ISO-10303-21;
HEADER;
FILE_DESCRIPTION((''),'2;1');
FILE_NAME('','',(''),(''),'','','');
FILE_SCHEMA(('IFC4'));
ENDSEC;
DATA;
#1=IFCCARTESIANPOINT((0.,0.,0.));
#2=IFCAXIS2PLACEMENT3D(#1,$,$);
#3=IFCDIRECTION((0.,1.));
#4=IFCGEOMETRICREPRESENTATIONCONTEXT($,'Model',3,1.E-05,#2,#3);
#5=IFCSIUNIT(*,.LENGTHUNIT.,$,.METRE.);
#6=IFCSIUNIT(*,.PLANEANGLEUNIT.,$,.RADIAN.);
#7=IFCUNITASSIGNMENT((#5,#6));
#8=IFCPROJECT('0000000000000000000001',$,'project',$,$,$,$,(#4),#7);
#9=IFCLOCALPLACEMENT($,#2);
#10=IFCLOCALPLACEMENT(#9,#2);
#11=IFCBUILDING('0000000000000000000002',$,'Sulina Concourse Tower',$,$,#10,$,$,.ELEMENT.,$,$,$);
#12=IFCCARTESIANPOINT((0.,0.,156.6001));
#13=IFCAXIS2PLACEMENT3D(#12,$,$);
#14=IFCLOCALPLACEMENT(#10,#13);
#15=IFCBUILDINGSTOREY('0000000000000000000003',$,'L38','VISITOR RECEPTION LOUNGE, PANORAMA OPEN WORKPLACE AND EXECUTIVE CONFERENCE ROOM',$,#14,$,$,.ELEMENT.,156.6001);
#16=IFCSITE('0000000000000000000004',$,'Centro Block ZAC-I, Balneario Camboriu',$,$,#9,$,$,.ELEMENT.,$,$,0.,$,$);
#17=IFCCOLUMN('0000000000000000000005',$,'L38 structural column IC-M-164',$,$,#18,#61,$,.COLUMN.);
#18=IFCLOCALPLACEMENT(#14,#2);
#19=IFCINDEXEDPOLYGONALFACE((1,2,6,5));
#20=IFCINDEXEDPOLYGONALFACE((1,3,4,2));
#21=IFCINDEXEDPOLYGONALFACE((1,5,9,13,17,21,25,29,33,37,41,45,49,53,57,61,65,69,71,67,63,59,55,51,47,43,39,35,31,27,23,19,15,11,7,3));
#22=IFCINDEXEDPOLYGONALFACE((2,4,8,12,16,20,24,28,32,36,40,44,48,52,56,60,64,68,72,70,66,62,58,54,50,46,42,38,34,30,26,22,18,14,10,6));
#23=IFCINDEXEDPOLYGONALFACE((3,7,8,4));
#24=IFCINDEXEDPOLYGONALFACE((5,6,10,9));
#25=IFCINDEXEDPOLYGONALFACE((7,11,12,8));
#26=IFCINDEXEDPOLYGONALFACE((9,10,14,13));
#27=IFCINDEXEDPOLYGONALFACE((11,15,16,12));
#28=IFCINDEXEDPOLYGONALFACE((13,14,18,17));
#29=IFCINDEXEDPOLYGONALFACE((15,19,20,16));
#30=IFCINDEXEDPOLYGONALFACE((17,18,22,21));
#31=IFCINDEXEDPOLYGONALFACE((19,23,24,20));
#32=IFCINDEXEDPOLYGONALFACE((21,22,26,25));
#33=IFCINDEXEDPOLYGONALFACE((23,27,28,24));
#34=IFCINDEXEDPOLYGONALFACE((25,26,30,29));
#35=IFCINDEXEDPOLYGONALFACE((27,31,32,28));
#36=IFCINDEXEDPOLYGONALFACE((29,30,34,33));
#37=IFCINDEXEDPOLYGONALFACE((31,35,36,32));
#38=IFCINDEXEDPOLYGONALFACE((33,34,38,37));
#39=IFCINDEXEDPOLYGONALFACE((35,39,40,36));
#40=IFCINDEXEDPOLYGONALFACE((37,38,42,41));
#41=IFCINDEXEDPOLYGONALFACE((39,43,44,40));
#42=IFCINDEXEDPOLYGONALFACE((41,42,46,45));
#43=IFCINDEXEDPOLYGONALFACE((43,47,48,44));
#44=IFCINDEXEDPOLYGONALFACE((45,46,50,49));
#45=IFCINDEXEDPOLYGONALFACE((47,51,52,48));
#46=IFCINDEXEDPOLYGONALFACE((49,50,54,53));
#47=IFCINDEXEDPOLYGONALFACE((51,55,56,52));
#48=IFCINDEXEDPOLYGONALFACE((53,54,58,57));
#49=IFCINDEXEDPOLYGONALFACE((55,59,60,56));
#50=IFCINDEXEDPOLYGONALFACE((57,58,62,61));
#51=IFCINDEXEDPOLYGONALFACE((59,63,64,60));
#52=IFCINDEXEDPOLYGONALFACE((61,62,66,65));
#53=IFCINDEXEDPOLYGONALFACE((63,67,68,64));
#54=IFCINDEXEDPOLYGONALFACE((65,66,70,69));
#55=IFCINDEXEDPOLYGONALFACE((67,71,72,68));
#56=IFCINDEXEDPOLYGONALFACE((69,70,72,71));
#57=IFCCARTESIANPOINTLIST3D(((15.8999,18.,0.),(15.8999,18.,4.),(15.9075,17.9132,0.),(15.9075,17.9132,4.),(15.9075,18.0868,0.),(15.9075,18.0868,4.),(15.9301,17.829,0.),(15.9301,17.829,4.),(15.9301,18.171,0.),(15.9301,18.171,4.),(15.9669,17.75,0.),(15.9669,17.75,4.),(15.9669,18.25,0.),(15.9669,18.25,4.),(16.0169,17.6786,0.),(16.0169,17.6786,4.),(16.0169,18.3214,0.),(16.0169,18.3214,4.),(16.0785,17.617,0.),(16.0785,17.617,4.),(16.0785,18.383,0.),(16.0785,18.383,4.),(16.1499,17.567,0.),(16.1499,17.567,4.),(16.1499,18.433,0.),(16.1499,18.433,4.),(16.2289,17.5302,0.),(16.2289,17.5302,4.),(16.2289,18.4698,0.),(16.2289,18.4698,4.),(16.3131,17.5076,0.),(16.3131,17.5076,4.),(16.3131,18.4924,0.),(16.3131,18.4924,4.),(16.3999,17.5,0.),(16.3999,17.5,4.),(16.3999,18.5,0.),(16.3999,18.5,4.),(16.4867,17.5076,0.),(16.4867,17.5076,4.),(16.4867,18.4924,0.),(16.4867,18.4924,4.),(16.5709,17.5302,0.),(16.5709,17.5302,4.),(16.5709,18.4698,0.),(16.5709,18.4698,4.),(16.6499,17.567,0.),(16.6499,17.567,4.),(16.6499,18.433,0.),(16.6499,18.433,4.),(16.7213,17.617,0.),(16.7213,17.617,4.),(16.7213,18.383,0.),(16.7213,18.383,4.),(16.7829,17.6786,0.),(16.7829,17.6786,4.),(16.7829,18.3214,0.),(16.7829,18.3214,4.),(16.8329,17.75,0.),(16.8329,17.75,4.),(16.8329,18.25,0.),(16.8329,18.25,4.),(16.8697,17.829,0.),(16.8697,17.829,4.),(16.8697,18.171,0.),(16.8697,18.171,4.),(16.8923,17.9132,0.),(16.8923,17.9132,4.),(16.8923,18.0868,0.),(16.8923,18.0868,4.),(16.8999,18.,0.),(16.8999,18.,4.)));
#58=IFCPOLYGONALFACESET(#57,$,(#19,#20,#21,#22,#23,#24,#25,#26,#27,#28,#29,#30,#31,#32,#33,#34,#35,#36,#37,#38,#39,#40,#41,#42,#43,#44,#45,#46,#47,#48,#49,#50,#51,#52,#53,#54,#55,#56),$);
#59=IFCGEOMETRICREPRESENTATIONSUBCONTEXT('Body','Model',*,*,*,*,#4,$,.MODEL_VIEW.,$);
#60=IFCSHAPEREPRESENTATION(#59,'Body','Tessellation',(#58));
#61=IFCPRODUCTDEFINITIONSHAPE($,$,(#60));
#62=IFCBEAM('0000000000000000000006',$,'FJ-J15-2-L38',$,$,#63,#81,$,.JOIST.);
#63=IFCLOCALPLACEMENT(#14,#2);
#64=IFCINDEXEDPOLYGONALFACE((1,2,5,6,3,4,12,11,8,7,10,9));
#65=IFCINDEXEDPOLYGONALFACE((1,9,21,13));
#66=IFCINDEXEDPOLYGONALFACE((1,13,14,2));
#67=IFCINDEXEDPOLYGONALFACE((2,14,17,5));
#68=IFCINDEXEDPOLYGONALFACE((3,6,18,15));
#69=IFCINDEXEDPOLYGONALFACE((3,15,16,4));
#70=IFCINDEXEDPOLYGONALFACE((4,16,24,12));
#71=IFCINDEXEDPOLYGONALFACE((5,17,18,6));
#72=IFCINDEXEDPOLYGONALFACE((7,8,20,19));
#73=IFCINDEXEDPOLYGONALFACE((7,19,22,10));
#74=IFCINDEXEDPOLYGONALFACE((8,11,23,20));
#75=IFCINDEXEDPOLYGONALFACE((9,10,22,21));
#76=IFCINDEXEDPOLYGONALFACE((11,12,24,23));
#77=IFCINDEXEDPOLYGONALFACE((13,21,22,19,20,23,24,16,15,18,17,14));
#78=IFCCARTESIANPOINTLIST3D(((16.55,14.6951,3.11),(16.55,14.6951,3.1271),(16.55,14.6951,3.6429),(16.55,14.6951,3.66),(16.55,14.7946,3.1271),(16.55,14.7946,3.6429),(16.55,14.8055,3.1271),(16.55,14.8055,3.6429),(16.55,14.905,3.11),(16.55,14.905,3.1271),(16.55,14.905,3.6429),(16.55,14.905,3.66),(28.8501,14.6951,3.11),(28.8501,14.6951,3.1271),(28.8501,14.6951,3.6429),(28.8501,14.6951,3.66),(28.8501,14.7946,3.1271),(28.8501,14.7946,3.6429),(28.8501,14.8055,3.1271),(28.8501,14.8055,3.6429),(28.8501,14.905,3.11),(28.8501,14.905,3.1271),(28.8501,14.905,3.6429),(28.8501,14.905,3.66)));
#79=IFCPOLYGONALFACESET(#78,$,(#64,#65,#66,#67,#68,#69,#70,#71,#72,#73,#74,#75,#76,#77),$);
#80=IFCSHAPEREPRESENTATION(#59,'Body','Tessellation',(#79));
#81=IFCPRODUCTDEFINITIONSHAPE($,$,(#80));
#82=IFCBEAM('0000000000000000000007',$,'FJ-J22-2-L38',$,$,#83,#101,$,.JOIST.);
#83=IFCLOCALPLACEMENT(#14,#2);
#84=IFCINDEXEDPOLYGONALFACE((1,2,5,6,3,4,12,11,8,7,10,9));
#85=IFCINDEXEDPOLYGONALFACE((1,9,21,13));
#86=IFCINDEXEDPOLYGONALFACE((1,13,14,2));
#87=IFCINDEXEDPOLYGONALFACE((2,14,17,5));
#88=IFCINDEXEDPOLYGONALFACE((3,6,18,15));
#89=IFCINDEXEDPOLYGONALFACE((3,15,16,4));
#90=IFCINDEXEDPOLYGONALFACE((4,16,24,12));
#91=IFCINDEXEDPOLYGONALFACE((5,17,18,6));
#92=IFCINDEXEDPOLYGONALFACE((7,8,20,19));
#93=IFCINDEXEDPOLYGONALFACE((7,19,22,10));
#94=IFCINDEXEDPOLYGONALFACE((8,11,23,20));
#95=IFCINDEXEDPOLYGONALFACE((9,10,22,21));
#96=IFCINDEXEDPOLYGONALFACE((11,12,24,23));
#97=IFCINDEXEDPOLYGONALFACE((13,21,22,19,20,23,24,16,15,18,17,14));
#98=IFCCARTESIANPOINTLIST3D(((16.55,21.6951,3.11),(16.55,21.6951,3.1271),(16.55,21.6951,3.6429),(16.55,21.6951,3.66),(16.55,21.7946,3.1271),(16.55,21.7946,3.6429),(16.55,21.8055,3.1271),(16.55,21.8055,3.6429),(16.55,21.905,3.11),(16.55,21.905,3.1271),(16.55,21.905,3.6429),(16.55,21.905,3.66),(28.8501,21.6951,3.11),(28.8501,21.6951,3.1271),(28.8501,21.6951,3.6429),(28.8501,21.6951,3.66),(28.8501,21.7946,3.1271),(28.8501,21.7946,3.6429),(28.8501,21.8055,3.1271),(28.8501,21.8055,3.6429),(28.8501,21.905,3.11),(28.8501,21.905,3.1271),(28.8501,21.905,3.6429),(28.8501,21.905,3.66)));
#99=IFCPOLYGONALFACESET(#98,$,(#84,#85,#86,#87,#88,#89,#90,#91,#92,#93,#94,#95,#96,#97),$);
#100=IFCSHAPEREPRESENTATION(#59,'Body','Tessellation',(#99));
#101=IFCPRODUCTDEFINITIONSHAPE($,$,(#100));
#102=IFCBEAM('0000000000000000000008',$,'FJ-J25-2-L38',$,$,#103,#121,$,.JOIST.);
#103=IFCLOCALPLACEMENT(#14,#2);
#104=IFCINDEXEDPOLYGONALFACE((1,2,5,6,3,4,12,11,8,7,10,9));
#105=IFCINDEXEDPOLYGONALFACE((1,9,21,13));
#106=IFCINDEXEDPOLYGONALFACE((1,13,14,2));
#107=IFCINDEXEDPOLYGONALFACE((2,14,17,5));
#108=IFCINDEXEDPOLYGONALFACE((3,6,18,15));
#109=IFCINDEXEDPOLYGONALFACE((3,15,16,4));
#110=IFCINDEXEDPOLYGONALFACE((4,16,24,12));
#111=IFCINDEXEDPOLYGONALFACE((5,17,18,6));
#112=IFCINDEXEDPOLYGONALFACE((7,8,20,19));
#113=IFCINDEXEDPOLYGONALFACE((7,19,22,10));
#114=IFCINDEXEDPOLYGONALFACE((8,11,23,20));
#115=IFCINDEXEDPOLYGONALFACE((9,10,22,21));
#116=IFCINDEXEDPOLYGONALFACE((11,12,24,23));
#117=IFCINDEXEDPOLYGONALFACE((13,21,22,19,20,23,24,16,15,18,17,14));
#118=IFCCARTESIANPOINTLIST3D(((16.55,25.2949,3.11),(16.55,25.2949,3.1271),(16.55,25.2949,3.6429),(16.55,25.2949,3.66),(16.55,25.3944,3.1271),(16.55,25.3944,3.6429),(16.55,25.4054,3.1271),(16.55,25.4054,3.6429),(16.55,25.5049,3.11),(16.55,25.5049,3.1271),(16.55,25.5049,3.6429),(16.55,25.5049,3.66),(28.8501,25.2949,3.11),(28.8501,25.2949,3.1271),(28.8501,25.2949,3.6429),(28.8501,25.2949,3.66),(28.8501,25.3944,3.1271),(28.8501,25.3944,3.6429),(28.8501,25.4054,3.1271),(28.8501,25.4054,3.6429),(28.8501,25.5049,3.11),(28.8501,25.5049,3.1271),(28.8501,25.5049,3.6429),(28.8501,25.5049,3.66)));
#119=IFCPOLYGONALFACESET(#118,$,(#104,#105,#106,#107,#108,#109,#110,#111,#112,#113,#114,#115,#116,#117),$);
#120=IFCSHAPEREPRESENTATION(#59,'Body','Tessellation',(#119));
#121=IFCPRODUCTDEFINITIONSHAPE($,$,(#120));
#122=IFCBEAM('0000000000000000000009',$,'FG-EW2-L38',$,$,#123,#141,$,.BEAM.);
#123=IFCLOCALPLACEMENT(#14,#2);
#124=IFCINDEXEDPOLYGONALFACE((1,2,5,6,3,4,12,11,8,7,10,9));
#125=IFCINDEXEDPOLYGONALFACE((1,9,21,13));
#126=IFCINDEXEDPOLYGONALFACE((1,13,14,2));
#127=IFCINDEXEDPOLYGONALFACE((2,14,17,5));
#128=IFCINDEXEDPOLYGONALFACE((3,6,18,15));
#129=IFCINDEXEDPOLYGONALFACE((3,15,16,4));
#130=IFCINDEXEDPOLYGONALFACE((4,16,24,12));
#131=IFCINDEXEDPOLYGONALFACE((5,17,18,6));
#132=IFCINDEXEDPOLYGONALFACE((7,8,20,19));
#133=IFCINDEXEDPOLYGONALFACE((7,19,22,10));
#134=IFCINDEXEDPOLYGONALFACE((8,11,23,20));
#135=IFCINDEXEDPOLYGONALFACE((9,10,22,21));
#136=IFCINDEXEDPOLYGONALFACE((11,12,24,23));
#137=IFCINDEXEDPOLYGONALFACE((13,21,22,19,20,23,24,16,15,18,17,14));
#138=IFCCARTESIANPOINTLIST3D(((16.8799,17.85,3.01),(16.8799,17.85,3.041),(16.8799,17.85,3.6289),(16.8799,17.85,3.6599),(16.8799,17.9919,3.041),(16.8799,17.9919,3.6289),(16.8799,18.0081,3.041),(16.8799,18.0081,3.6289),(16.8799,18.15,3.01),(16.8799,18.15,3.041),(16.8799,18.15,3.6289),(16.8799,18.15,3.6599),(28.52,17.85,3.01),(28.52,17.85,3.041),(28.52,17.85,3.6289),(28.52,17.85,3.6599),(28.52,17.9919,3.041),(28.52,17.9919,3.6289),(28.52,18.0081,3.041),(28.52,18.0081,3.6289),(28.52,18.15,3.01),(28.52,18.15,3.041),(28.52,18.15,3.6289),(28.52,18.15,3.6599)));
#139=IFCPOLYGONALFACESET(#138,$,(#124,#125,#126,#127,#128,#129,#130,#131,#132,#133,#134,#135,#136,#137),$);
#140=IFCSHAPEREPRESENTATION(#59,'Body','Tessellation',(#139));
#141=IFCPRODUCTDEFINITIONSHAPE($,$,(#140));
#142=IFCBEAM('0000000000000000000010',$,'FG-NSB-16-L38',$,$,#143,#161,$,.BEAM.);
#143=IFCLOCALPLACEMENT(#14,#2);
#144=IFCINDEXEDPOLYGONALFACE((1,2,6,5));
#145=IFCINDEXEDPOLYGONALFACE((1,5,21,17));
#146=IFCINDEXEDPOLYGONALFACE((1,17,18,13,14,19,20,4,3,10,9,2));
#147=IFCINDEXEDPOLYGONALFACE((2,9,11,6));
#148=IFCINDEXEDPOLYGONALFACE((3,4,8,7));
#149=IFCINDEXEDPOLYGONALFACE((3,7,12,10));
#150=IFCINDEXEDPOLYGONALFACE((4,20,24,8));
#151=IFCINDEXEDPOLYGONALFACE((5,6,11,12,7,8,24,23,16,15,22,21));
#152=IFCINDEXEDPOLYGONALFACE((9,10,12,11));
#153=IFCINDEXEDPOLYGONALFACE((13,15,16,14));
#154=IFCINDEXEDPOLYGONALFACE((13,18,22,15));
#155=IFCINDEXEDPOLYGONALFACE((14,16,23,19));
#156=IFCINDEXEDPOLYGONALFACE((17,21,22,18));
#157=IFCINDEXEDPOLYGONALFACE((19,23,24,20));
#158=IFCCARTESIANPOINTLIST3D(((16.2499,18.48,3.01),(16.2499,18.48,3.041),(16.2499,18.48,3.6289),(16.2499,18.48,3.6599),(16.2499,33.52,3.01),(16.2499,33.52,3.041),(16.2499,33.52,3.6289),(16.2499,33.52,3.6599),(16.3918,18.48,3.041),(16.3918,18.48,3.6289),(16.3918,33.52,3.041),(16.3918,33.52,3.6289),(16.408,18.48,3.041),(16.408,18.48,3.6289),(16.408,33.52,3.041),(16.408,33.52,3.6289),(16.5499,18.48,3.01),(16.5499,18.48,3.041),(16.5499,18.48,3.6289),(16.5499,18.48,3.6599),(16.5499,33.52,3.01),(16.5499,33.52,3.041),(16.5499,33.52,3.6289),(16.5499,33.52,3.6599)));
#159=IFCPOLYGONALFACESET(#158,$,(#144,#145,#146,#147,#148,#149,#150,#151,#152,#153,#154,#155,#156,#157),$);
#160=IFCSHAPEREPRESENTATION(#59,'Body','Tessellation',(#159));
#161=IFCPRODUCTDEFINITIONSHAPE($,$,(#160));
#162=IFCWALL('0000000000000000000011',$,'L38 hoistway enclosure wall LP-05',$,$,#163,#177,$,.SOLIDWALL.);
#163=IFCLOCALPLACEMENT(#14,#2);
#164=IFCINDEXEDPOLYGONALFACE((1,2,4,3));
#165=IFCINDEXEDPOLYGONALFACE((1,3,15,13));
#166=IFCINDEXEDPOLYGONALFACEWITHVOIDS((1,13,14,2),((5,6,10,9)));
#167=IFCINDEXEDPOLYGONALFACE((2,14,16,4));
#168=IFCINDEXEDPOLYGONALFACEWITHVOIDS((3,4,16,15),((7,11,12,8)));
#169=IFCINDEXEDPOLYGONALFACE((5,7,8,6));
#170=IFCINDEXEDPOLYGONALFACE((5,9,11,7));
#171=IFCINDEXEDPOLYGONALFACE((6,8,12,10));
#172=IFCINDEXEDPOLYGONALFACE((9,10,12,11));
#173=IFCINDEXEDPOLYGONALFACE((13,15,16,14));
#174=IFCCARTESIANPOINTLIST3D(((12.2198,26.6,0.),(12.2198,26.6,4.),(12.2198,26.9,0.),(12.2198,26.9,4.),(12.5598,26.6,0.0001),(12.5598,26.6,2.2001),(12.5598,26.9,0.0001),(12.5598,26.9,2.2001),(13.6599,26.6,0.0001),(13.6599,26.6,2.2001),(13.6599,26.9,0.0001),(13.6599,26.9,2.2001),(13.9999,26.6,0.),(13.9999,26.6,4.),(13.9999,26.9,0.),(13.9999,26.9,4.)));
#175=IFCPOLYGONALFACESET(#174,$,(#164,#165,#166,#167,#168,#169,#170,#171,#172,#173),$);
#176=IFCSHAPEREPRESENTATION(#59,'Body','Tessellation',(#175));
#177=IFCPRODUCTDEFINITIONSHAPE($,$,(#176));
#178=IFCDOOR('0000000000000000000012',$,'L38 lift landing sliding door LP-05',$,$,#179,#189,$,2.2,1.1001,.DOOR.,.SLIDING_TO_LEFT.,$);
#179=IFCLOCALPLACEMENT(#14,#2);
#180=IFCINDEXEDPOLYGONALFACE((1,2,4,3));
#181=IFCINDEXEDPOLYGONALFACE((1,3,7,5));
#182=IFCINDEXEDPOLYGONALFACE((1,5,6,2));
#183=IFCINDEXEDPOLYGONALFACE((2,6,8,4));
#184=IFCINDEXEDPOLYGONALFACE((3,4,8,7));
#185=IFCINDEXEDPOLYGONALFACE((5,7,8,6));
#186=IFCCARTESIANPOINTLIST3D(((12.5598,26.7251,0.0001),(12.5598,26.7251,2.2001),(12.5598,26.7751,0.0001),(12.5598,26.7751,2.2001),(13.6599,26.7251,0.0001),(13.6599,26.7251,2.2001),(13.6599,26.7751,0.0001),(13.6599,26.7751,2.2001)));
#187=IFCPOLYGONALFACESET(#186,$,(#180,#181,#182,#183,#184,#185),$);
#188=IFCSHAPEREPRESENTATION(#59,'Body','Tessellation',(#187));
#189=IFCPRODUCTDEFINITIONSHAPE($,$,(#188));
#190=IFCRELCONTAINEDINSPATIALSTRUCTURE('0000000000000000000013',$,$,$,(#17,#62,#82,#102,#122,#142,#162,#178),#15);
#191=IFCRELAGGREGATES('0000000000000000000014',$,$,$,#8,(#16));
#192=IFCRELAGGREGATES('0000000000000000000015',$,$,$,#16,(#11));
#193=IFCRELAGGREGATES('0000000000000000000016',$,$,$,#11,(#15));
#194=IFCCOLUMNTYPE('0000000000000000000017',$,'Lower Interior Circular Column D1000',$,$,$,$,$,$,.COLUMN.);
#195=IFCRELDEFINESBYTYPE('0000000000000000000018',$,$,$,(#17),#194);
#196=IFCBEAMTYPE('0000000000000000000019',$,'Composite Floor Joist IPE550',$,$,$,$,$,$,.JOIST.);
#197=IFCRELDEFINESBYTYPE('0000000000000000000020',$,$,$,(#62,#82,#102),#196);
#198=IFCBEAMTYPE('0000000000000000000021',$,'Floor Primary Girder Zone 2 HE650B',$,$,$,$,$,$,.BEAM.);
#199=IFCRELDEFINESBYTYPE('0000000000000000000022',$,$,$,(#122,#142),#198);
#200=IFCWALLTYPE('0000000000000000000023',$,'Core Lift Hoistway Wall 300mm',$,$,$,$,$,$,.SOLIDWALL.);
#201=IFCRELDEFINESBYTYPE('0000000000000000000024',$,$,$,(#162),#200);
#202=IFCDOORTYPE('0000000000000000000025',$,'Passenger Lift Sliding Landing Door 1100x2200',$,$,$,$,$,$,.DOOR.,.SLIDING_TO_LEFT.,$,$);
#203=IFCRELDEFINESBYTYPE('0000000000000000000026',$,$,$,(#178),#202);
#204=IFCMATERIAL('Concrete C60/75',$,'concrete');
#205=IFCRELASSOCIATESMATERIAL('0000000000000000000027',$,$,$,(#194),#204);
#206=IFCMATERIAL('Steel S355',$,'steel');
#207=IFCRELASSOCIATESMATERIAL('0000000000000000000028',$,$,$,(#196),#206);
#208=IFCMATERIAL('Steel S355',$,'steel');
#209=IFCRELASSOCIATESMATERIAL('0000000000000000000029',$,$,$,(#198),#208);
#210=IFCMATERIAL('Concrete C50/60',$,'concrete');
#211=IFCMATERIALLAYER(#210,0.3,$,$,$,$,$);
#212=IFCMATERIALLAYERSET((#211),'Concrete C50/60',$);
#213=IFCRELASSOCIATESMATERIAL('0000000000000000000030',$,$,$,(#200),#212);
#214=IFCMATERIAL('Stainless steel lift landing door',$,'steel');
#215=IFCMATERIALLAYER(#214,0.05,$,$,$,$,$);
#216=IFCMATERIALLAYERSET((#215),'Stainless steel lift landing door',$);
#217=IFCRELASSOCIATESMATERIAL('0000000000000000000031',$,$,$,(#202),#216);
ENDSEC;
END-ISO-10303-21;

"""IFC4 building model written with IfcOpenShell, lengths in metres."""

from ifc_helpers import new_model, si_unit, direction, frame, frame_2d, origin, origin_2d, place, context, subcontext, project, spatial, rectangle, circle, i_section, extrude, material, layer, layer_set, material_profile, profile_set, type_object, element, fill, save


model = new_model("IFC4")

# Units and contexts
model_context = context("Model", 3, precision=1e-05, world=origin(), true_north=direction((0.0, 1.0)))
body_context = subcontext(model_context, "Body", "Model", "MODEL_VIEW")
ifc_project = project(units=[si_unit("LENGTHUNIT", "METRE"), si_unit("PLANEANGLEUNIT", "RADIAN")], contexts=[model_context])

# Site, building, storey
site_placement = place(None, origin())
site = spatial("IfcSite", under=ifc_project, at=site_placement, Name="Centro Block ZAC-I, Balneario Camboriu", CompositionType="ELEMENT", RefElevation=0.0)
building_placement = place(site_placement, origin())
building = spatial("IfcBuilding", under=site, at=building_placement, Name="Sulina Concourse Tower", CompositionType="ELEMENT")
storey_placement = place(building_placement, frame((0.0, 0.0, 156.6001)))
storey = spatial("IfcBuildingStorey", under=building, at=storey_placement, Name="L38", Description="VISITOR RECEPTION LOUNGE, PANORAMA OPEN WORKPLACE AND EXECUTIVE CONFERENCE ROOM", CompositionType="ELEMENT", Elevation=156.6001)

# Column
ifc_material_1 = material(Name="Concrete C60/75", Category="concrete")
ifc_material_profile_1 = material_profile(ifc_material_1, circle(Radius=0.5, at=origin_2d()), Name="RC D1000")
ifc_profile_set_1 = profile_set([ifc_material_profile_1], Name="Concrete C60/75")
column_type = type_object("IfcColumnType", Name="Lower Interior Circular Column D1000", PredefinedType="COLUMN", material=ifc_profile_set_1)
column_placement = place(storey_placement, frame((16.3999, 18.0, 0.0), z_axis=(0.0, 0.0, 1.0), x_axis=(1.0, 0.0, 0.0)))
element("IfcColumn", 1, at=column_placement, inside=storey, type_object=column_type, Name="L38 structural column IC-M-164", PredefinedType="COLUMN", context=body_context, shape_type="SweptSolid", body=[
    extrude(circle(Radius=0.5, at=origin_2d()), origin(), (0.0, 0.0, 1.0), 4.0),
])

# Beams
ifc_material_2 = material(Name="Steel S355", Category="steel")
ifc_material_profile_2 = material_profile(ifc_material_2, i_section(OverallWidth=0.21, OverallDepth=0.55, WebThickness=0.011, FlangeThickness=0.0171, at=origin_2d()), Name="IPE 550")
ifc_profile_set_2 = profile_set([ifc_material_profile_2], Name="Steel S355")
beam_type_1 = type_object("IfcBeamType", Name="Composite Floor Joist IPE550", PredefinedType="JOIST", material=ifc_profile_set_2)
for number, where, z_axis, x_axis, name in (
    (2, (16.55, 14.8, 3.385), (1.0, 0.0, 0.0), (0.0, 1.0, 0.0), "FJ-J15-2-L38"),
    (3, (16.55, 21.8, 3.385), (1.0, 0.0, 0.0), (0.0, 1.0, 0.0), "FJ-J22-2-L38"),
    (4, (16.55, 25.3999, 3.385), (1.0, 0.0, 0.0), (0.0, 1.0, 0.0), "FJ-J25-2-L38"),
):
    element("IfcBeam", number, at=place(storey_placement, frame(where, z_axis=z_axis, x_axis=x_axis)), inside=storey, type_object=beam_type_1, Name=name, PredefinedType="JOIST", context=body_context, shape_type="SweptSolid", body=[
        extrude(i_section(OverallWidth=0.21, OverallDepth=0.55, WebThickness=0.011, FlangeThickness=0.0171, at=origin_2d()), origin(), (0.0, 0.0, 1.0), 12.3),
    ])
ifc_material_3 = material(Name="Steel S355", Category="steel")
ifc_material_profile_3 = material_profile(ifc_material_3, i_section(OverallWidth=0.3, OverallDepth=0.6499, WebThickness=0.0161, FlangeThickness=0.031, at=origin_2d()), Name="HE 650 B")
ifc_profile_set_3 = profile_set([ifc_material_profile_3], Name="Steel S355")
beam_type_2 = type_object("IfcBeamType", Name="Floor Primary Girder Zone 2 HE650B", PredefinedType="BEAM", material=ifc_profile_set_3)
beam_1_placement = place(storey_placement, frame((16.8799, 18.0, 3.335), z_axis=(1.0, 0.0, 0.0), x_axis=(0.0, 1.0, 0.0)))
element("IfcBeam", 5, at=beam_1_placement, inside=storey, type_object=beam_type_2, Name="FG-EW2-L38", PredefinedType="BEAM", context=body_context, shape_type="SweptSolid", body=[
    extrude(i_section(OverallWidth=0.3, OverallDepth=0.6499, WebThickness=0.0161, FlangeThickness=0.031, at=origin_2d()), origin(), (0.0, 0.0, 1.0), 11.6401),
])
beam_2_placement = place(storey_placement, frame((16.3999, 18.48, 3.335), z_axis=(0.0, 1.0, 0.0), x_axis=(-1.0, 0.0, 0.0)))
element("IfcBeam", 6, at=beam_2_placement, inside=storey, type_object=beam_type_2, Name="FG-NSB-16-L38", PredefinedType="BEAM", context=body_context, shape_type="SweptSolid", body=[
    extrude(i_section(OverallWidth=0.3, OverallDepth=0.6499, WebThickness=0.0161, FlangeThickness=0.031, at=origin_2d()), origin(), (0.0, 0.0, 1.0), 15.04),
])

# Wall, opening, door
ifc_material_4 = material(Name="Concrete C50/60", Category="concrete")
ifc_layer_1 = layer(ifc_material_4, 0.3)
ifc_layer_set_1 = layer_set([ifc_layer_1], Name="Concrete C50/60")
wall_type_1 = type_object("IfcWallType", Name="Core Lift Hoistway Wall 300mm", PredefinedType="SOLIDWALL", material=ifc_layer_set_1)
wall_1_placement = place(storey_placement, frame((14.0, 26.75, 0.0), z_axis=(0.0, 0.0, 1.0), x_axis=(-1.0, 0.0, 0.0)))
wall_1 = element("IfcWall", 7, at=wall_1_placement, inside=storey, type_object=wall_type_1, Name="L38 hoistway enclosure wall LP-05", PredefinedType="SOLIDWALL", context=body_context, shape_type="SweptSolid", body=[
    extrude(rectangle(XDim=1.78, YDim=0.3, at=frame_2d((0.8901, 0.0))), origin(), (0.0, 0.0, 1.0), 4.0),
])
opening_1_placement = place(wall_1_placement, frame((0.3401, 0.0, 0.0)))
opening_1 = element("IfcOpeningElement", 8, at=opening_1_placement, cuts=wall_1, PredefinedType="OPENING", context=body_context, shape_type="SweptSolid", body=[
    extrude(rectangle(XDim=1.1001, YDim=2.2, at=frame_2d((0.55, 1.1001))), frame((0.0, 0.1599, 0.0), z_axis=(0.0, -1.0, 0.0), x_axis=(1.0, 0.0, 0.0)), (0.0, 0.0, 1.0), 0.3201),
])
ifc_material_5 = material(Name="Stainless steel lift landing door", Category="steel")
ifc_layer_2 = layer(ifc_material_5, 0.05)
ifc_layer_set_2 = layer_set([ifc_layer_2], Name="Stainless steel lift landing door")
door_type_1 = type_object("IfcDoorType", Name="Passenger Lift Sliding Landing Door 1100x2200", OperationType="SLIDING_TO_LEFT", PredefinedType="DOOR", material=ifc_layer_set_2)
door_1_placement = place(opening_1_placement, origin())
door_1 = element("IfcDoor", 9, at=door_1_placement, inside=storey, type_object=door_type_1, Name="L38 lift landing sliding door LP-05", OperationType="SLIDING_TO_LEFT", OverallHeight=2.2, OverallWidth=1.1001, PredefinedType="DOOR", context=body_context, shape_type="SweptSolid", body=[
    extrude(rectangle(XDim=1.1001, YDim=2.2, at=frame_2d((0.55, 1.1001))), frame((0.0, 0.0249, 0.0), z_axis=(0.0, -1.0, 0.0), x_axis=(1.0, 0.0, 0.0)), (0.0, 0.0, 1.0), 0.05),
])
fill(opening_1, door_1)

save(model, "model.ifc")
